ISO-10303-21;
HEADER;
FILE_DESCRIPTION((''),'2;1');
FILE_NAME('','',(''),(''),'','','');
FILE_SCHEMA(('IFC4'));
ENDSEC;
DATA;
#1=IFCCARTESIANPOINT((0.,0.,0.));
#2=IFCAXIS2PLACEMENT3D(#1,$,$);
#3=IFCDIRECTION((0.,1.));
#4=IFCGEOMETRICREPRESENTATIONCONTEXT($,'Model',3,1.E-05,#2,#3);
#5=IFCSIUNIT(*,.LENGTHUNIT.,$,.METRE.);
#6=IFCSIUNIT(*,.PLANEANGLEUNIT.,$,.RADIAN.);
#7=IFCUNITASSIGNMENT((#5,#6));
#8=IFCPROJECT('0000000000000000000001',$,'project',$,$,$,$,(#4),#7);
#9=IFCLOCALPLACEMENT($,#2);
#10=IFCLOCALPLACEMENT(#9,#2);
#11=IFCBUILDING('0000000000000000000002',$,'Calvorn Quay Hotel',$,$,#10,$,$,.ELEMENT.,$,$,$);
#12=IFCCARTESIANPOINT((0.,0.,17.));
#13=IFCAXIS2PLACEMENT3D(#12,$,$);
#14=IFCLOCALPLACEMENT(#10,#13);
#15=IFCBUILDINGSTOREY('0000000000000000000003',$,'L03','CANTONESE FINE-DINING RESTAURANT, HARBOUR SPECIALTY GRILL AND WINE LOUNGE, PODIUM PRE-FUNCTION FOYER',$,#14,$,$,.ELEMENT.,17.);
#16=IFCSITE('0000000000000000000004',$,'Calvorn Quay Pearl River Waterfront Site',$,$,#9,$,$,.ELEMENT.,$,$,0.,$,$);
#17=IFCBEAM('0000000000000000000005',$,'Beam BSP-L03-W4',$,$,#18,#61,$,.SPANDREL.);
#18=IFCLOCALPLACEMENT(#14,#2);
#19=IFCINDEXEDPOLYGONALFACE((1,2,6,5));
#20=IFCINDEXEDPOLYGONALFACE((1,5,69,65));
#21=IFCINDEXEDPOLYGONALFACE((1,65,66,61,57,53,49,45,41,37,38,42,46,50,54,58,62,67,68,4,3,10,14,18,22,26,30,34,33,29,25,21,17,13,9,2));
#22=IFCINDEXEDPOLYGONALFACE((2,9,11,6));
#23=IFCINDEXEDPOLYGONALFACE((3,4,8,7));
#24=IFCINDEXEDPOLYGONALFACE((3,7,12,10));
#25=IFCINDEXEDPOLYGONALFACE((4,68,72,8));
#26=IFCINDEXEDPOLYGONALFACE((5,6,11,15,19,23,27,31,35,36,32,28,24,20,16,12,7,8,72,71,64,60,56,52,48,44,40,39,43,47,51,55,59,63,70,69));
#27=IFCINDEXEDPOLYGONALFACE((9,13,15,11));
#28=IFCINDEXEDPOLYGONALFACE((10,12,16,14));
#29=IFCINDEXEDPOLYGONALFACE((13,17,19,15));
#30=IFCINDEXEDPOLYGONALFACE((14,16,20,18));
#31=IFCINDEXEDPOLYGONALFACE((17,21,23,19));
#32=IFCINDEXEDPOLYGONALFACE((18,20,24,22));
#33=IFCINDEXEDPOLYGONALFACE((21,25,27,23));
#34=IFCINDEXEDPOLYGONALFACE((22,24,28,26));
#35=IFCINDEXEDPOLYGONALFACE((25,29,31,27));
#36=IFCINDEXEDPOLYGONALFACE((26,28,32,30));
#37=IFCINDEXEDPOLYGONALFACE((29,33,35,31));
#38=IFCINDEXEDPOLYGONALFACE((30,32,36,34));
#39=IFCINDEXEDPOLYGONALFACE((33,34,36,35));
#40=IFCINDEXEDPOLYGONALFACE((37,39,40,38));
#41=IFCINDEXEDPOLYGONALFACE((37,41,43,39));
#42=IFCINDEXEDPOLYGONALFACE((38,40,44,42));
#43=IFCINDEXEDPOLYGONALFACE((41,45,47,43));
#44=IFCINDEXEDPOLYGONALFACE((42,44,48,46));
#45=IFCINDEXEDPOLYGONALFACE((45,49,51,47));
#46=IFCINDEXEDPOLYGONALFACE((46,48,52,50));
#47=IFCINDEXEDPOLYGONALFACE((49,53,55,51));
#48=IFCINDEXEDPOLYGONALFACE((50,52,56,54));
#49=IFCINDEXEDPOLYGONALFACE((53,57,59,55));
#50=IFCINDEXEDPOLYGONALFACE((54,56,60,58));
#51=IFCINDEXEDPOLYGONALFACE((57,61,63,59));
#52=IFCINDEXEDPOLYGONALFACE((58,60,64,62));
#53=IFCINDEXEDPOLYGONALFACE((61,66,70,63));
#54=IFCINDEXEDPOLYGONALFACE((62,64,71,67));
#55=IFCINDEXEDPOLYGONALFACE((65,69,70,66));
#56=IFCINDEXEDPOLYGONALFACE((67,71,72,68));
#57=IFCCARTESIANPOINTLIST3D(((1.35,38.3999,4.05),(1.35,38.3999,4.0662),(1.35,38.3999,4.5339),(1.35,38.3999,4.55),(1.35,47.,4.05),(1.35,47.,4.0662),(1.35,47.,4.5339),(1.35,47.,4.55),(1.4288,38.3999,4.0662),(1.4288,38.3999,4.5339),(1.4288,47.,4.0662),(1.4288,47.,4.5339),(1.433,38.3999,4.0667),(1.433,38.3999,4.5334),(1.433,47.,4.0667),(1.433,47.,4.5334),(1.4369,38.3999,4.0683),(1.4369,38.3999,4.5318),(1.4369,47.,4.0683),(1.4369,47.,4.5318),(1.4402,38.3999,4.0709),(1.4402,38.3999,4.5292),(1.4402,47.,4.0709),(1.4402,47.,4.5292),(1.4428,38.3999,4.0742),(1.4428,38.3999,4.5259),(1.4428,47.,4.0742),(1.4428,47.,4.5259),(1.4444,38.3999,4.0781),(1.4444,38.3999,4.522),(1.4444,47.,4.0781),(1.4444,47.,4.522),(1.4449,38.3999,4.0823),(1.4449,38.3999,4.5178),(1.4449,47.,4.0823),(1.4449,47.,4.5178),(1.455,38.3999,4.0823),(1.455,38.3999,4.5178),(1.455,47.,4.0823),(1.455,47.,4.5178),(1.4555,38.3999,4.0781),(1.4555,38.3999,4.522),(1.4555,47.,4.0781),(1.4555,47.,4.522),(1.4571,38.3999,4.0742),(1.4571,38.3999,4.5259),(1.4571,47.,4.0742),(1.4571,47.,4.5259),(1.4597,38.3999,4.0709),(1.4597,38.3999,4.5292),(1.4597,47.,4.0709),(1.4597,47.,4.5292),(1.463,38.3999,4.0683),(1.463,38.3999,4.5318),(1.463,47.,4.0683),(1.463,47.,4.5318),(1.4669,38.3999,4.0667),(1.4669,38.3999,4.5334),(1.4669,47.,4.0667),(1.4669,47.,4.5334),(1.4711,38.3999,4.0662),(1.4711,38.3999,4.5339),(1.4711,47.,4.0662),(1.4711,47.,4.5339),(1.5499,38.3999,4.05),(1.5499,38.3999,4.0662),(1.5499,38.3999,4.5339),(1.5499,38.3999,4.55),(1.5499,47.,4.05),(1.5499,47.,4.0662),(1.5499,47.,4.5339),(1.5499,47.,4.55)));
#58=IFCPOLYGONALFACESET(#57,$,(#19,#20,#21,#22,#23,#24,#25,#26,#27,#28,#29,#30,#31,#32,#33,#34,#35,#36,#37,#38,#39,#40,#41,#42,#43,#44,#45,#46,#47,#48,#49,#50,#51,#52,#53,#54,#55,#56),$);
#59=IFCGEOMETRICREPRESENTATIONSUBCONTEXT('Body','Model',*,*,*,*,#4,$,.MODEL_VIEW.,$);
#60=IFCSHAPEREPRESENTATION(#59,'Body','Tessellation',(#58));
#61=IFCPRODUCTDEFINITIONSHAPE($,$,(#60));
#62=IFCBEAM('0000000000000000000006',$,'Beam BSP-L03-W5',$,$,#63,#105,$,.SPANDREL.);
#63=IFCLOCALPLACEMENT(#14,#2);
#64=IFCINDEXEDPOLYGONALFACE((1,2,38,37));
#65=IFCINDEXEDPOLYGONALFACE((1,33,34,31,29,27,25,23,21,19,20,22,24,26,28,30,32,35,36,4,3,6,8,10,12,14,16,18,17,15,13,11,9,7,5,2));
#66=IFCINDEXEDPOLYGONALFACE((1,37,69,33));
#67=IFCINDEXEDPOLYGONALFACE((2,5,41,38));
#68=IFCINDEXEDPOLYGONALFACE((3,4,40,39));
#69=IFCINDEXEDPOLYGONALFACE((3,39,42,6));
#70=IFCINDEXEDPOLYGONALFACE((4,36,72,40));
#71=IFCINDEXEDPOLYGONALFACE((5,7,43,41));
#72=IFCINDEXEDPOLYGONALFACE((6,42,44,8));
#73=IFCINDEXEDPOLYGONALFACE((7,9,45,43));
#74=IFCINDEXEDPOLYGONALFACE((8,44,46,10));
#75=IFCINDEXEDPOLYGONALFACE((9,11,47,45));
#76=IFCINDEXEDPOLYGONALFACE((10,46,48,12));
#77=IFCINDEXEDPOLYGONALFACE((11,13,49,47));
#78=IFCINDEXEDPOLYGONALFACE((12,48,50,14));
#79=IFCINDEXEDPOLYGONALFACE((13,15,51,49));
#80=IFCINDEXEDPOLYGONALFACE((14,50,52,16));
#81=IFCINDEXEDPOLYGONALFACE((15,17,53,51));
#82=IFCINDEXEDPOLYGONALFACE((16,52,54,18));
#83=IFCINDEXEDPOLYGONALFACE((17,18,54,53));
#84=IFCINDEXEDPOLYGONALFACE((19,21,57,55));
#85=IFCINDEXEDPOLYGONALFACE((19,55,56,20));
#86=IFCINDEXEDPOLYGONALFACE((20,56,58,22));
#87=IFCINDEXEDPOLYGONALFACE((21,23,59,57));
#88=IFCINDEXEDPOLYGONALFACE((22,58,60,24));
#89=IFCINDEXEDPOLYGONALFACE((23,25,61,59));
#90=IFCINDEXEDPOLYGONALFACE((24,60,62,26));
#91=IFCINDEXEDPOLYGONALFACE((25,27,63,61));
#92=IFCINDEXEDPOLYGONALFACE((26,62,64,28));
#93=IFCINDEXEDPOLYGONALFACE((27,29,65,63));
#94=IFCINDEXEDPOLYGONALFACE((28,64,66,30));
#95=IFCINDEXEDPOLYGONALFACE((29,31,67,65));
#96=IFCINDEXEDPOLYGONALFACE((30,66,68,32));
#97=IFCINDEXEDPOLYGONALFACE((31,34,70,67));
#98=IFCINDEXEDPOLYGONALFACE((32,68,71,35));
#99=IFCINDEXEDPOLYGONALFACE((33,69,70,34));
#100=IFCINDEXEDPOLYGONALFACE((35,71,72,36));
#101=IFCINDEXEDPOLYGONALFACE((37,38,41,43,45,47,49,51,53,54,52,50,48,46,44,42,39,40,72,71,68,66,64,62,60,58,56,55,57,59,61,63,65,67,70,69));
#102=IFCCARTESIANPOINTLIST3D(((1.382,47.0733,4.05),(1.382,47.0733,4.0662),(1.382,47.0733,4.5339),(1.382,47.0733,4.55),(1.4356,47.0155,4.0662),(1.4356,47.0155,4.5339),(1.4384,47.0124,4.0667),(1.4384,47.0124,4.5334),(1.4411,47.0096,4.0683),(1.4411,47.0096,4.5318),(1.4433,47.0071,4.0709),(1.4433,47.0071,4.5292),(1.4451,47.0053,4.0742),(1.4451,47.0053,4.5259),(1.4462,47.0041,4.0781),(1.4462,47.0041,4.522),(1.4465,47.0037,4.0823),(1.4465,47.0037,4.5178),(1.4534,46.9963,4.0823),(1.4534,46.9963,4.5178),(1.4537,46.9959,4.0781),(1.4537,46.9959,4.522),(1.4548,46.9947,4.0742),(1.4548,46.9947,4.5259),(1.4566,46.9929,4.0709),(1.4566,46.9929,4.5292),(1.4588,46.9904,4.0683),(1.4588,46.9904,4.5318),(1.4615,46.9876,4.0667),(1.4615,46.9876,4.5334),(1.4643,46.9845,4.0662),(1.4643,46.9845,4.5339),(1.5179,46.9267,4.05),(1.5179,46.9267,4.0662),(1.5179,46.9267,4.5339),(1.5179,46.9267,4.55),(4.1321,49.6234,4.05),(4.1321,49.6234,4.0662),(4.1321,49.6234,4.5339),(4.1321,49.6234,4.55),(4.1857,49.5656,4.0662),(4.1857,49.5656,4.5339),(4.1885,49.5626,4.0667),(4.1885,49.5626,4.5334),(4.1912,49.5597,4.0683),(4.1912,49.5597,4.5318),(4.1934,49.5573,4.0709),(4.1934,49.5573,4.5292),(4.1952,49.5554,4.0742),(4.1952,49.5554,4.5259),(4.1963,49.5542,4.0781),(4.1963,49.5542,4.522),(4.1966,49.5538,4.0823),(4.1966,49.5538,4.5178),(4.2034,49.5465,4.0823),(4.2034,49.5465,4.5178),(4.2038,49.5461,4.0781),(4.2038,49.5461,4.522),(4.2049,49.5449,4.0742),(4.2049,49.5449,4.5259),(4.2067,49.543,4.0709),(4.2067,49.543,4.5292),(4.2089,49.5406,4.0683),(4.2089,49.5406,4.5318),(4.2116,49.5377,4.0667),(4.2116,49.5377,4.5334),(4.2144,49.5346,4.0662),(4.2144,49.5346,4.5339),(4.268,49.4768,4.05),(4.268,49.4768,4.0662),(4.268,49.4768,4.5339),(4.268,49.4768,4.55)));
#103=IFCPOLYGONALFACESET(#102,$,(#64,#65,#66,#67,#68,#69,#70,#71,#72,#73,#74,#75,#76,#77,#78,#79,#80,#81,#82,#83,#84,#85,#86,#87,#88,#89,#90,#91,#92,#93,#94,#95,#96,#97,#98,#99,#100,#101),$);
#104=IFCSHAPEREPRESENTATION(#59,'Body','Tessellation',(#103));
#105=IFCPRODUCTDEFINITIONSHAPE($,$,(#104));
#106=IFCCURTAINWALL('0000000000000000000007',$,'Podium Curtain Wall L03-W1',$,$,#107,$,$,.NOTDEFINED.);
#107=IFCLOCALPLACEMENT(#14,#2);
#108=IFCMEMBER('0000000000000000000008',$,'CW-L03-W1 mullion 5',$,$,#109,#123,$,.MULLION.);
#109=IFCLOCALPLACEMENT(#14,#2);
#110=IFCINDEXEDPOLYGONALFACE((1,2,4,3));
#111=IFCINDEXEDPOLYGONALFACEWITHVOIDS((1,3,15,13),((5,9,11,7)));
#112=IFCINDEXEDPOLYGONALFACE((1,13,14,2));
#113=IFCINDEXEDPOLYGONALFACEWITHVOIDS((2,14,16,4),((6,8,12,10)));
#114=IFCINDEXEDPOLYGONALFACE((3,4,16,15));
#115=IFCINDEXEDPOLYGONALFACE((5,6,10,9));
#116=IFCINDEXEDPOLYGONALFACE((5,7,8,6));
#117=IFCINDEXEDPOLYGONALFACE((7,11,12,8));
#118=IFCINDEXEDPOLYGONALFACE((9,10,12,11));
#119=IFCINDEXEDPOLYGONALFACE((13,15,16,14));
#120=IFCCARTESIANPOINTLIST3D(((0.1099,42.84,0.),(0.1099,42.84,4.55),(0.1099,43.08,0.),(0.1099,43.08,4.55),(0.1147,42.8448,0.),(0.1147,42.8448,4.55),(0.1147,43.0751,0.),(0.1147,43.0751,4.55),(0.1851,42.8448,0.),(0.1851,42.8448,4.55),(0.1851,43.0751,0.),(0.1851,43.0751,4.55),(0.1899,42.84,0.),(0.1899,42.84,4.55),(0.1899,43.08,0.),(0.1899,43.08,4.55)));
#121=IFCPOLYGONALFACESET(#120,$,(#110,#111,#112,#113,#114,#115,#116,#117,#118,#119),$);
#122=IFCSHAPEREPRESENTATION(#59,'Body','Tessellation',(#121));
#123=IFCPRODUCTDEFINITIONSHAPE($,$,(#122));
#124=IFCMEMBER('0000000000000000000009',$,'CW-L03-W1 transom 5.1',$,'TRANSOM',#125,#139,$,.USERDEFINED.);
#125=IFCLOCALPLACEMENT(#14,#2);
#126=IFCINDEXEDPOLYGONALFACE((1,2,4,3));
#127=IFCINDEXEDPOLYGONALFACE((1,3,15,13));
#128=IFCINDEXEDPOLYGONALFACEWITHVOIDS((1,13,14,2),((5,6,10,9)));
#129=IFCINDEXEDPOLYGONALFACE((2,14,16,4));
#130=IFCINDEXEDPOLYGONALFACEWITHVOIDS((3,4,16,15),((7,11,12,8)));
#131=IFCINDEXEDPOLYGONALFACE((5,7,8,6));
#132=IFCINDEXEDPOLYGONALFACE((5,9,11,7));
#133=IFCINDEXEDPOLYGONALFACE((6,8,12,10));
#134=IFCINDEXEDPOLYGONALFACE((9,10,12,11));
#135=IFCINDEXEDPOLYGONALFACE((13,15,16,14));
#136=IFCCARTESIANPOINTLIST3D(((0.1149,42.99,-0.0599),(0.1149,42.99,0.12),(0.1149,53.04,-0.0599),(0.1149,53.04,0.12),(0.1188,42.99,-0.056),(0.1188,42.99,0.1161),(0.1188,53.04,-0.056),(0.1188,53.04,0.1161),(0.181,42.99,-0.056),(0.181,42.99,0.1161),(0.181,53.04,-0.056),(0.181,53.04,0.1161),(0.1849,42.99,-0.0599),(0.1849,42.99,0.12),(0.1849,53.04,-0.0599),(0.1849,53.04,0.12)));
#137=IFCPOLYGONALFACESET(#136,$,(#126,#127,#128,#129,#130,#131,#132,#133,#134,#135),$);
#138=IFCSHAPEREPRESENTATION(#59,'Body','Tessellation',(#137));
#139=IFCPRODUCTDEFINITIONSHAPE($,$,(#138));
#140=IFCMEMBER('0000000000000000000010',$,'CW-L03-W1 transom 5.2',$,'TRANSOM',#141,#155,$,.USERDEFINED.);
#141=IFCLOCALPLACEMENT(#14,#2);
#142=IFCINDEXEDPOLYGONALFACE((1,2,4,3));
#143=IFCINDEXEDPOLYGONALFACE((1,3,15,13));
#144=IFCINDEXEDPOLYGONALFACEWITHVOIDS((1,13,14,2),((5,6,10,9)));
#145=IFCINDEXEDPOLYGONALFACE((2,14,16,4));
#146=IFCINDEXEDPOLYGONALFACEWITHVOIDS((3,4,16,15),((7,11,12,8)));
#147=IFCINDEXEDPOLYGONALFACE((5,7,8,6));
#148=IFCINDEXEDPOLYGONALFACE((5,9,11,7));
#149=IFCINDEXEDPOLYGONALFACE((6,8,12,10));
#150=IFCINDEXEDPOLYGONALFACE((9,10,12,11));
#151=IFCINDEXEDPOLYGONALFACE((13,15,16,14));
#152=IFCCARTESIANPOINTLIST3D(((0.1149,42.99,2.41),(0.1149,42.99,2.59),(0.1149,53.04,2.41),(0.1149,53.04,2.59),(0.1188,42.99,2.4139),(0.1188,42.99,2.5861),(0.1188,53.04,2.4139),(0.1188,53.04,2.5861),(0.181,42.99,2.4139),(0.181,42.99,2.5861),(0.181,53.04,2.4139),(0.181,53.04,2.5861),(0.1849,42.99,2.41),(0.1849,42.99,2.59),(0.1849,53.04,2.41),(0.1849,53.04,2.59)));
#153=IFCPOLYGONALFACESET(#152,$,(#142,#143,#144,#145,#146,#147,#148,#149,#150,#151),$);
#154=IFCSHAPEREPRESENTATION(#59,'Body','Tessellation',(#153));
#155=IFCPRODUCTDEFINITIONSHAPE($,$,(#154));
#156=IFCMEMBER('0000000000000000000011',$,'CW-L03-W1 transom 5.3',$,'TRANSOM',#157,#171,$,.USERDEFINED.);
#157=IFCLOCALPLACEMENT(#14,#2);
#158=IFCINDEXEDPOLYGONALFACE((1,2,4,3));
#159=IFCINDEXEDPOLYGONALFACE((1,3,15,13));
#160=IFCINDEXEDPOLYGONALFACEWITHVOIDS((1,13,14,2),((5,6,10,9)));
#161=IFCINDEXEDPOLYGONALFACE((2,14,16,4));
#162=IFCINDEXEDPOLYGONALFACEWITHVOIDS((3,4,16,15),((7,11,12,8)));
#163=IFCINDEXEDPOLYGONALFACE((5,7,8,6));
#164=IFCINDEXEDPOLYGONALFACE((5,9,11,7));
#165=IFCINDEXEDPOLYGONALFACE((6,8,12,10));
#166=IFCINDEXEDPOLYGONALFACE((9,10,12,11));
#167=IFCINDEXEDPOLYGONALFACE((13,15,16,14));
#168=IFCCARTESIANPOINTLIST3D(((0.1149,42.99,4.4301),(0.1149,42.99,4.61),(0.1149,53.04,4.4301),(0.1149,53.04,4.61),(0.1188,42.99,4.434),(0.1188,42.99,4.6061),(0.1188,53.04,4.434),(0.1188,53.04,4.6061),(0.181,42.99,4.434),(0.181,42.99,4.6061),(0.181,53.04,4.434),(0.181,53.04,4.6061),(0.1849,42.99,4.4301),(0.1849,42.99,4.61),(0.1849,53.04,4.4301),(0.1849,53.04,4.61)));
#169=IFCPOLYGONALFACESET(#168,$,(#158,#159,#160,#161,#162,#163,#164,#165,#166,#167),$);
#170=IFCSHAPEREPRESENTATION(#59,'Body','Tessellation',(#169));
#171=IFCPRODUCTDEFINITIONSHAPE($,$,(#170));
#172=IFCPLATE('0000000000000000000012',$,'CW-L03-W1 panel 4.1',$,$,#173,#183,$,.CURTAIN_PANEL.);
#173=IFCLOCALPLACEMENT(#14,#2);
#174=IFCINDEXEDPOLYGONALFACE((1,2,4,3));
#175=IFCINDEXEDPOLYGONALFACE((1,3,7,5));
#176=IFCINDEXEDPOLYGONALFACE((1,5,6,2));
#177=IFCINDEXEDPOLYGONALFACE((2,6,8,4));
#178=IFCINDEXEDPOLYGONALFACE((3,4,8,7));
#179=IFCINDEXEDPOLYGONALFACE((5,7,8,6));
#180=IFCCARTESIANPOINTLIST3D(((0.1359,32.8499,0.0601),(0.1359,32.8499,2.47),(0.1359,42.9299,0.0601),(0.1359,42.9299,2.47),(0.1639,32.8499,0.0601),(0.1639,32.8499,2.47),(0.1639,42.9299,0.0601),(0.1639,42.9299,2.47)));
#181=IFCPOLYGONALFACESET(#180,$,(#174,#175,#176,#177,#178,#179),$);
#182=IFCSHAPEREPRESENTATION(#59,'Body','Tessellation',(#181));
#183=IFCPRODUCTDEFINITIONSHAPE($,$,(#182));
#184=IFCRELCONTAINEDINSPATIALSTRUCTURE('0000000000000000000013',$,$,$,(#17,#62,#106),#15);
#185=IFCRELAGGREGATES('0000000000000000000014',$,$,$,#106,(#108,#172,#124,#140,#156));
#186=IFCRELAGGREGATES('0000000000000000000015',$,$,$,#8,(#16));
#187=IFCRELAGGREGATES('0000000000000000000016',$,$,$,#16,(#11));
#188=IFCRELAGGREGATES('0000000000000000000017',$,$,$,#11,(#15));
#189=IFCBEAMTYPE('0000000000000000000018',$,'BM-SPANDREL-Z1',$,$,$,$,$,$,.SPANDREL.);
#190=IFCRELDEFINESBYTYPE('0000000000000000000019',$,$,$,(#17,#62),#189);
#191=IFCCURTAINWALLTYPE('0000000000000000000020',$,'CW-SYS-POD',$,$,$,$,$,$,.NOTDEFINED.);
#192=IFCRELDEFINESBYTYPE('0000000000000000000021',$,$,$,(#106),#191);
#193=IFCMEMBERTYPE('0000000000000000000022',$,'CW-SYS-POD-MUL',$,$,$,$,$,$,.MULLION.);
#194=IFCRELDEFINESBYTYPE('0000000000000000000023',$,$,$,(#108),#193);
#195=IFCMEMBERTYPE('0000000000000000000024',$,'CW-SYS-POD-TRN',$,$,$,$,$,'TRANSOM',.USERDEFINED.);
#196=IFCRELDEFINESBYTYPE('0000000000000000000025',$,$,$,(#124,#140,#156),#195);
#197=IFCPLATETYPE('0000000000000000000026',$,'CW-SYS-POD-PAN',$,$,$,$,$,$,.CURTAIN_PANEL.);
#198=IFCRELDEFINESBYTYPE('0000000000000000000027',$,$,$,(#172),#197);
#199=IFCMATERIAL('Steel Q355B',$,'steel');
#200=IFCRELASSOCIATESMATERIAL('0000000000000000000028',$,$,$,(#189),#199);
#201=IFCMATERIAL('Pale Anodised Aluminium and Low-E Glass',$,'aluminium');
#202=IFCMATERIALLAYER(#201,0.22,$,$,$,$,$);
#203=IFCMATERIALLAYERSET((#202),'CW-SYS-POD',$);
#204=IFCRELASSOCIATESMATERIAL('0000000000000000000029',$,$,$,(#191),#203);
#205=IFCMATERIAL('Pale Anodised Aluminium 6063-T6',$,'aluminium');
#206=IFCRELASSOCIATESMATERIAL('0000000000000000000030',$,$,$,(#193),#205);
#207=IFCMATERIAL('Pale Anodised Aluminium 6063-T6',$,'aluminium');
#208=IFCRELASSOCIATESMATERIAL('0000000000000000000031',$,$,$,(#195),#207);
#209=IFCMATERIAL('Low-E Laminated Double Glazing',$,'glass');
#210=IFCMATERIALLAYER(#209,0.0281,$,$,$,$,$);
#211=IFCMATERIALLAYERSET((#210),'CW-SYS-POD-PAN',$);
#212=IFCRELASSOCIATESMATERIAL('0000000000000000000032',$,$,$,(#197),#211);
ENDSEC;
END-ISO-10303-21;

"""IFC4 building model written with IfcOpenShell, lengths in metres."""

from ifc_helpers import new_model, si_unit, direction, frame, origin, origin_2d, place, context, subcontext, project, spatial, rectangle, hollow_rectangle, i_section, extrude, material, layer, layer_set, material_profile, profile_set, type_object, element, aggregate, save


model = new_model("IFC4")

# Units and contexts
model_context = context("Model", 3, precision=1e-05, world=origin(), true_north=direction((0.0, 1.0)))
body_context = subcontext(model_context, "Body", "Model", "MODEL_VIEW")
ifc_project = project(units=[si_unit("LENGTHUNIT", "METRE"), si_unit("PLANEANGLEUNIT", "RADIAN")], contexts=[model_context])

# Site, building, storey
site_placement = place(None, origin())
site = spatial("IfcSite", under=ifc_project, at=site_placement, Name="Calvorn Quay Pearl River Waterfront Site", CompositionType="ELEMENT", RefElevation=0.0)
building_placement = place(site_placement, origin())
building = spatial("IfcBuilding", under=site, at=building_placement, Name="Calvorn Quay Hotel", CompositionType="ELEMENT")
storey_placement = place(building_placement, frame((0.0, 0.0, 17.0)))
storey = spatial("IfcBuildingStorey", under=building, at=storey_placement, Name="L03", Description="CANTONESE FINE-DINING RESTAURANT, HARBOUR SPECIALTY GRILL AND WINE LOUNGE, PODIUM PRE-FUNCTION FOYER", CompositionType="ELEMENT", Elevation=17.0)

# Beams
ifc_material_1 = material(Name="Steel Q355B", Category="steel")
ifc_material_profile_1 = material_profile(ifc_material_1, i_section(OverallWidth=0.2, OverallDepth=0.5, WebThickness=0.01, FlangeThickness=0.0161, FilletRadius=0.0161, at=origin_2d()), Name="HN500x200x10x16")
ifc_profile_set_1 = profile_set([ifc_material_profile_1], Name="Steel Q355B")
beam_type_1 = type_object("IfcBeamType", Name="BM-SPANDREL-Z1", PredefinedType="SPANDREL", material=ifc_profile_set_1)
beam_1_placement = place(storey_placement, frame((1.45, 38.3999, 4.3), z_axis=(0.0, 1.0, 0.0), x_axis=(-1.0, 0.0, 0.0)))
element("IfcBeam", 1, at=beam_1_placement, inside=storey, type_object=beam_type_1, Name="Beam BSP-L03-W4", PredefinedType="SPANDREL", context=body_context, shape_type="SweptSolid", body=[
    extrude(i_section(OverallWidth=0.2, OverallDepth=0.5, WebThickness=0.01, FlangeThickness=0.0161, FilletRadius=0.0161, at=origin_2d()), origin(), (0.0, 0.0, 1.0), 8.6001),
])
beam_2_placement = place(storey_placement, frame((1.45, 47.0, 4.3), z_axis=(0.733262, 0.679947, 0.0), x_axis=(-0.679947, 0.733262, 0.0)))
element("IfcBeam", 2, at=beam_2_placement, inside=storey, type_object=beam_type_1, Name="Beam BSP-L03-W5", PredefinedType="SPANDREL", context=body_context, shape_type="SweptSolid", body=[
    extrude(i_section(OverallWidth=0.2, OverallDepth=0.5, WebThickness=0.01, FlangeThickness=0.0161, FilletRadius=0.0161, at=origin_2d()), origin(), (0.0, 0.0, 1.0), 3.7505),
])

# Curtain wall, members, plate
ifc_material_2 = material(Name="Pale Anodised Aluminium and Low-E Glass", Category="aluminium")
ifc_layer_1 = layer(ifc_material_2, 0.22)
ifc_layer_set_1 = layer_set([ifc_layer_1], Name="CW-SYS-POD")
curtain_wall_type = type_object("IfcCurtainWallType", Name="CW-SYS-POD", PredefinedType="NOTDEFINED", material=ifc_layer_set_1)
curtain_wall_placement = place(storey_placement, origin())
curtain_wall = element("IfcCurtainWall", 3, at=curtain_wall_placement, inside=storey, type_object=curtain_wall_type, Name="Podium Curtain Wall L03-W1", PredefinedType="NOTDEFINED")
ifc_material_3 = material(Name="Pale Anodised Aluminium 6063-T6", Category="aluminium")
ifc_material_profile_2 = material_profile(ifc_material_3, hollow_rectangle(XDim=0.0801, YDim=0.24, WallThickness=0.0049, at=origin_2d()), Name="ALU-M240x80x5")
ifc_profile_set_2 = profile_set([ifc_material_profile_2], Name="Pale Anodised Aluminium 6063-T6")
member_type_1 = type_object("IfcMemberType", Name="CW-SYS-POD-MUL", PredefinedType="MULLION", material=ifc_profile_set_2)
member_1_placement = place(storey_placement, frame((0.1499, 42.96, 0.0), z_axis=(0.0, 0.0, 1.0), x_axis=(-1.0, 0.0, 0.0)))
member_1 = element("IfcMember", 4, at=member_1_placement, type_object=member_type_1, Name="CW-L03-W1 mullion 5", PredefinedType="MULLION", context=body_context, shape_type="SweptSolid", body=[
    extrude(hollow_rectangle(XDim=0.0801, YDim=0.24, WallThickness=0.0049, at=origin_2d()), origin(), (0.0, 0.0, 1.0), 4.55),
])
ifc_material_4 = material(Name="Pale Anodised Aluminium 6063-T6", Category="aluminium")
ifc_material_profile_3 = material_profile(ifc_material_4, hollow_rectangle(XDim=0.0701, YDim=0.1799, WallThickness=0.0039, at=origin_2d()), Name="ALU-T180x70x4")
ifc_profile_set_3 = profile_set([ifc_material_profile_3], Name="Pale Anodised Aluminium 6063-T6")
member_type_2 = type_object("IfcMemberType", Name="CW-SYS-POD-TRN", ElementType="TRANSOM", PredefinedType="USERDEFINED", material=ifc_profile_set_3)
member_2_placement = place(storey_placement, frame((0.1499, 42.99, 0.03), z_axis=(0.0, 1.0, 0.0), x_axis=(-1.0, 0.0, 0.0)))
member_2 = element("IfcMember", 5, at=member_2_placement, type_object=member_type_2, Name="CW-L03-W1 transom 5.1", ObjectType="TRANSOM", PredefinedType="USERDEFINED", context=body_context, shape_type="SweptSolid", body=[
    extrude(hollow_rectangle(XDim=0.0701, YDim=0.1799, WallThickness=0.0039, at=origin_2d()), origin(), (0.0, 0.0, 1.0), 10.05),
])
member_3_placement = place(storey_placement, frame((0.1499, 42.99, 2.5), z_axis=(0.0, 1.0, 0.0), x_axis=(-1.0, 0.0, 0.0)))
member_3 = element("IfcMember", 6, at=member_3_placement, type_object=member_type_2, Name="CW-L03-W1 transom 5.2", ObjectType="TRANSOM", PredefinedType="USERDEFINED", context=body_context, shape_type="SweptSolid", body=[
    extrude(hollow_rectangle(XDim=0.0701, YDim=0.1799, WallThickness=0.0039, at=origin_2d()), origin(), (0.0, 0.0, 1.0), 10.05),
])
member_4_placement = place(storey_placement, frame((0.1499, 42.99, 4.52), z_axis=(0.0, 1.0, 0.0), x_axis=(-1.0, 0.0, 0.0)))
member_4 = element("IfcMember", 7, at=member_4_placement, type_object=member_type_2, Name="CW-L03-W1 transom 5.3", ObjectType="TRANSOM", PredefinedType="USERDEFINED", context=body_context, shape_type="SweptSolid", body=[
    extrude(hollow_rectangle(XDim=0.0701, YDim=0.1799, WallThickness=0.0039, at=origin_2d()), origin(), (0.0, 0.0, 1.0), 10.05),
])
ifc_material_5 = material(Name="Low-E Laminated Double Glazing", Category="glass")
ifc_layer_2 = layer(ifc_material_5, 0.0281)
ifc_layer_set_2 = layer_set([ifc_layer_2], Name="CW-SYS-POD-PAN")
plate_type = type_object("IfcPlateType", Name="CW-SYS-POD-PAN", PredefinedType="CURTAIN_PANEL", material=ifc_layer_set_2)
plate_1_placement = place(storey_placement, frame((0.1499, 37.8899, 0.0601), z_axis=(0.0, 0.0, 1.0), x_axis=(0.0, 1.0, 0.0)))
plate_1 = element("IfcPlate", 8, at=plate_1_placement, type_object=plate_type, Name="CW-L03-W1 panel 4.1", PredefinedType="CURTAIN_PANEL", context=body_context, shape_type="SweptSolid", body=[
    extrude(rectangle(XDim=10.0801, YDim=0.0281, at=origin_2d()), origin(), (0.0, 0.0, 1.0), 2.4099),
])
aggregate(curtain_wall, [member_1, plate_1, member_2, member_3, member_4])

save(model, "model.ifc")
